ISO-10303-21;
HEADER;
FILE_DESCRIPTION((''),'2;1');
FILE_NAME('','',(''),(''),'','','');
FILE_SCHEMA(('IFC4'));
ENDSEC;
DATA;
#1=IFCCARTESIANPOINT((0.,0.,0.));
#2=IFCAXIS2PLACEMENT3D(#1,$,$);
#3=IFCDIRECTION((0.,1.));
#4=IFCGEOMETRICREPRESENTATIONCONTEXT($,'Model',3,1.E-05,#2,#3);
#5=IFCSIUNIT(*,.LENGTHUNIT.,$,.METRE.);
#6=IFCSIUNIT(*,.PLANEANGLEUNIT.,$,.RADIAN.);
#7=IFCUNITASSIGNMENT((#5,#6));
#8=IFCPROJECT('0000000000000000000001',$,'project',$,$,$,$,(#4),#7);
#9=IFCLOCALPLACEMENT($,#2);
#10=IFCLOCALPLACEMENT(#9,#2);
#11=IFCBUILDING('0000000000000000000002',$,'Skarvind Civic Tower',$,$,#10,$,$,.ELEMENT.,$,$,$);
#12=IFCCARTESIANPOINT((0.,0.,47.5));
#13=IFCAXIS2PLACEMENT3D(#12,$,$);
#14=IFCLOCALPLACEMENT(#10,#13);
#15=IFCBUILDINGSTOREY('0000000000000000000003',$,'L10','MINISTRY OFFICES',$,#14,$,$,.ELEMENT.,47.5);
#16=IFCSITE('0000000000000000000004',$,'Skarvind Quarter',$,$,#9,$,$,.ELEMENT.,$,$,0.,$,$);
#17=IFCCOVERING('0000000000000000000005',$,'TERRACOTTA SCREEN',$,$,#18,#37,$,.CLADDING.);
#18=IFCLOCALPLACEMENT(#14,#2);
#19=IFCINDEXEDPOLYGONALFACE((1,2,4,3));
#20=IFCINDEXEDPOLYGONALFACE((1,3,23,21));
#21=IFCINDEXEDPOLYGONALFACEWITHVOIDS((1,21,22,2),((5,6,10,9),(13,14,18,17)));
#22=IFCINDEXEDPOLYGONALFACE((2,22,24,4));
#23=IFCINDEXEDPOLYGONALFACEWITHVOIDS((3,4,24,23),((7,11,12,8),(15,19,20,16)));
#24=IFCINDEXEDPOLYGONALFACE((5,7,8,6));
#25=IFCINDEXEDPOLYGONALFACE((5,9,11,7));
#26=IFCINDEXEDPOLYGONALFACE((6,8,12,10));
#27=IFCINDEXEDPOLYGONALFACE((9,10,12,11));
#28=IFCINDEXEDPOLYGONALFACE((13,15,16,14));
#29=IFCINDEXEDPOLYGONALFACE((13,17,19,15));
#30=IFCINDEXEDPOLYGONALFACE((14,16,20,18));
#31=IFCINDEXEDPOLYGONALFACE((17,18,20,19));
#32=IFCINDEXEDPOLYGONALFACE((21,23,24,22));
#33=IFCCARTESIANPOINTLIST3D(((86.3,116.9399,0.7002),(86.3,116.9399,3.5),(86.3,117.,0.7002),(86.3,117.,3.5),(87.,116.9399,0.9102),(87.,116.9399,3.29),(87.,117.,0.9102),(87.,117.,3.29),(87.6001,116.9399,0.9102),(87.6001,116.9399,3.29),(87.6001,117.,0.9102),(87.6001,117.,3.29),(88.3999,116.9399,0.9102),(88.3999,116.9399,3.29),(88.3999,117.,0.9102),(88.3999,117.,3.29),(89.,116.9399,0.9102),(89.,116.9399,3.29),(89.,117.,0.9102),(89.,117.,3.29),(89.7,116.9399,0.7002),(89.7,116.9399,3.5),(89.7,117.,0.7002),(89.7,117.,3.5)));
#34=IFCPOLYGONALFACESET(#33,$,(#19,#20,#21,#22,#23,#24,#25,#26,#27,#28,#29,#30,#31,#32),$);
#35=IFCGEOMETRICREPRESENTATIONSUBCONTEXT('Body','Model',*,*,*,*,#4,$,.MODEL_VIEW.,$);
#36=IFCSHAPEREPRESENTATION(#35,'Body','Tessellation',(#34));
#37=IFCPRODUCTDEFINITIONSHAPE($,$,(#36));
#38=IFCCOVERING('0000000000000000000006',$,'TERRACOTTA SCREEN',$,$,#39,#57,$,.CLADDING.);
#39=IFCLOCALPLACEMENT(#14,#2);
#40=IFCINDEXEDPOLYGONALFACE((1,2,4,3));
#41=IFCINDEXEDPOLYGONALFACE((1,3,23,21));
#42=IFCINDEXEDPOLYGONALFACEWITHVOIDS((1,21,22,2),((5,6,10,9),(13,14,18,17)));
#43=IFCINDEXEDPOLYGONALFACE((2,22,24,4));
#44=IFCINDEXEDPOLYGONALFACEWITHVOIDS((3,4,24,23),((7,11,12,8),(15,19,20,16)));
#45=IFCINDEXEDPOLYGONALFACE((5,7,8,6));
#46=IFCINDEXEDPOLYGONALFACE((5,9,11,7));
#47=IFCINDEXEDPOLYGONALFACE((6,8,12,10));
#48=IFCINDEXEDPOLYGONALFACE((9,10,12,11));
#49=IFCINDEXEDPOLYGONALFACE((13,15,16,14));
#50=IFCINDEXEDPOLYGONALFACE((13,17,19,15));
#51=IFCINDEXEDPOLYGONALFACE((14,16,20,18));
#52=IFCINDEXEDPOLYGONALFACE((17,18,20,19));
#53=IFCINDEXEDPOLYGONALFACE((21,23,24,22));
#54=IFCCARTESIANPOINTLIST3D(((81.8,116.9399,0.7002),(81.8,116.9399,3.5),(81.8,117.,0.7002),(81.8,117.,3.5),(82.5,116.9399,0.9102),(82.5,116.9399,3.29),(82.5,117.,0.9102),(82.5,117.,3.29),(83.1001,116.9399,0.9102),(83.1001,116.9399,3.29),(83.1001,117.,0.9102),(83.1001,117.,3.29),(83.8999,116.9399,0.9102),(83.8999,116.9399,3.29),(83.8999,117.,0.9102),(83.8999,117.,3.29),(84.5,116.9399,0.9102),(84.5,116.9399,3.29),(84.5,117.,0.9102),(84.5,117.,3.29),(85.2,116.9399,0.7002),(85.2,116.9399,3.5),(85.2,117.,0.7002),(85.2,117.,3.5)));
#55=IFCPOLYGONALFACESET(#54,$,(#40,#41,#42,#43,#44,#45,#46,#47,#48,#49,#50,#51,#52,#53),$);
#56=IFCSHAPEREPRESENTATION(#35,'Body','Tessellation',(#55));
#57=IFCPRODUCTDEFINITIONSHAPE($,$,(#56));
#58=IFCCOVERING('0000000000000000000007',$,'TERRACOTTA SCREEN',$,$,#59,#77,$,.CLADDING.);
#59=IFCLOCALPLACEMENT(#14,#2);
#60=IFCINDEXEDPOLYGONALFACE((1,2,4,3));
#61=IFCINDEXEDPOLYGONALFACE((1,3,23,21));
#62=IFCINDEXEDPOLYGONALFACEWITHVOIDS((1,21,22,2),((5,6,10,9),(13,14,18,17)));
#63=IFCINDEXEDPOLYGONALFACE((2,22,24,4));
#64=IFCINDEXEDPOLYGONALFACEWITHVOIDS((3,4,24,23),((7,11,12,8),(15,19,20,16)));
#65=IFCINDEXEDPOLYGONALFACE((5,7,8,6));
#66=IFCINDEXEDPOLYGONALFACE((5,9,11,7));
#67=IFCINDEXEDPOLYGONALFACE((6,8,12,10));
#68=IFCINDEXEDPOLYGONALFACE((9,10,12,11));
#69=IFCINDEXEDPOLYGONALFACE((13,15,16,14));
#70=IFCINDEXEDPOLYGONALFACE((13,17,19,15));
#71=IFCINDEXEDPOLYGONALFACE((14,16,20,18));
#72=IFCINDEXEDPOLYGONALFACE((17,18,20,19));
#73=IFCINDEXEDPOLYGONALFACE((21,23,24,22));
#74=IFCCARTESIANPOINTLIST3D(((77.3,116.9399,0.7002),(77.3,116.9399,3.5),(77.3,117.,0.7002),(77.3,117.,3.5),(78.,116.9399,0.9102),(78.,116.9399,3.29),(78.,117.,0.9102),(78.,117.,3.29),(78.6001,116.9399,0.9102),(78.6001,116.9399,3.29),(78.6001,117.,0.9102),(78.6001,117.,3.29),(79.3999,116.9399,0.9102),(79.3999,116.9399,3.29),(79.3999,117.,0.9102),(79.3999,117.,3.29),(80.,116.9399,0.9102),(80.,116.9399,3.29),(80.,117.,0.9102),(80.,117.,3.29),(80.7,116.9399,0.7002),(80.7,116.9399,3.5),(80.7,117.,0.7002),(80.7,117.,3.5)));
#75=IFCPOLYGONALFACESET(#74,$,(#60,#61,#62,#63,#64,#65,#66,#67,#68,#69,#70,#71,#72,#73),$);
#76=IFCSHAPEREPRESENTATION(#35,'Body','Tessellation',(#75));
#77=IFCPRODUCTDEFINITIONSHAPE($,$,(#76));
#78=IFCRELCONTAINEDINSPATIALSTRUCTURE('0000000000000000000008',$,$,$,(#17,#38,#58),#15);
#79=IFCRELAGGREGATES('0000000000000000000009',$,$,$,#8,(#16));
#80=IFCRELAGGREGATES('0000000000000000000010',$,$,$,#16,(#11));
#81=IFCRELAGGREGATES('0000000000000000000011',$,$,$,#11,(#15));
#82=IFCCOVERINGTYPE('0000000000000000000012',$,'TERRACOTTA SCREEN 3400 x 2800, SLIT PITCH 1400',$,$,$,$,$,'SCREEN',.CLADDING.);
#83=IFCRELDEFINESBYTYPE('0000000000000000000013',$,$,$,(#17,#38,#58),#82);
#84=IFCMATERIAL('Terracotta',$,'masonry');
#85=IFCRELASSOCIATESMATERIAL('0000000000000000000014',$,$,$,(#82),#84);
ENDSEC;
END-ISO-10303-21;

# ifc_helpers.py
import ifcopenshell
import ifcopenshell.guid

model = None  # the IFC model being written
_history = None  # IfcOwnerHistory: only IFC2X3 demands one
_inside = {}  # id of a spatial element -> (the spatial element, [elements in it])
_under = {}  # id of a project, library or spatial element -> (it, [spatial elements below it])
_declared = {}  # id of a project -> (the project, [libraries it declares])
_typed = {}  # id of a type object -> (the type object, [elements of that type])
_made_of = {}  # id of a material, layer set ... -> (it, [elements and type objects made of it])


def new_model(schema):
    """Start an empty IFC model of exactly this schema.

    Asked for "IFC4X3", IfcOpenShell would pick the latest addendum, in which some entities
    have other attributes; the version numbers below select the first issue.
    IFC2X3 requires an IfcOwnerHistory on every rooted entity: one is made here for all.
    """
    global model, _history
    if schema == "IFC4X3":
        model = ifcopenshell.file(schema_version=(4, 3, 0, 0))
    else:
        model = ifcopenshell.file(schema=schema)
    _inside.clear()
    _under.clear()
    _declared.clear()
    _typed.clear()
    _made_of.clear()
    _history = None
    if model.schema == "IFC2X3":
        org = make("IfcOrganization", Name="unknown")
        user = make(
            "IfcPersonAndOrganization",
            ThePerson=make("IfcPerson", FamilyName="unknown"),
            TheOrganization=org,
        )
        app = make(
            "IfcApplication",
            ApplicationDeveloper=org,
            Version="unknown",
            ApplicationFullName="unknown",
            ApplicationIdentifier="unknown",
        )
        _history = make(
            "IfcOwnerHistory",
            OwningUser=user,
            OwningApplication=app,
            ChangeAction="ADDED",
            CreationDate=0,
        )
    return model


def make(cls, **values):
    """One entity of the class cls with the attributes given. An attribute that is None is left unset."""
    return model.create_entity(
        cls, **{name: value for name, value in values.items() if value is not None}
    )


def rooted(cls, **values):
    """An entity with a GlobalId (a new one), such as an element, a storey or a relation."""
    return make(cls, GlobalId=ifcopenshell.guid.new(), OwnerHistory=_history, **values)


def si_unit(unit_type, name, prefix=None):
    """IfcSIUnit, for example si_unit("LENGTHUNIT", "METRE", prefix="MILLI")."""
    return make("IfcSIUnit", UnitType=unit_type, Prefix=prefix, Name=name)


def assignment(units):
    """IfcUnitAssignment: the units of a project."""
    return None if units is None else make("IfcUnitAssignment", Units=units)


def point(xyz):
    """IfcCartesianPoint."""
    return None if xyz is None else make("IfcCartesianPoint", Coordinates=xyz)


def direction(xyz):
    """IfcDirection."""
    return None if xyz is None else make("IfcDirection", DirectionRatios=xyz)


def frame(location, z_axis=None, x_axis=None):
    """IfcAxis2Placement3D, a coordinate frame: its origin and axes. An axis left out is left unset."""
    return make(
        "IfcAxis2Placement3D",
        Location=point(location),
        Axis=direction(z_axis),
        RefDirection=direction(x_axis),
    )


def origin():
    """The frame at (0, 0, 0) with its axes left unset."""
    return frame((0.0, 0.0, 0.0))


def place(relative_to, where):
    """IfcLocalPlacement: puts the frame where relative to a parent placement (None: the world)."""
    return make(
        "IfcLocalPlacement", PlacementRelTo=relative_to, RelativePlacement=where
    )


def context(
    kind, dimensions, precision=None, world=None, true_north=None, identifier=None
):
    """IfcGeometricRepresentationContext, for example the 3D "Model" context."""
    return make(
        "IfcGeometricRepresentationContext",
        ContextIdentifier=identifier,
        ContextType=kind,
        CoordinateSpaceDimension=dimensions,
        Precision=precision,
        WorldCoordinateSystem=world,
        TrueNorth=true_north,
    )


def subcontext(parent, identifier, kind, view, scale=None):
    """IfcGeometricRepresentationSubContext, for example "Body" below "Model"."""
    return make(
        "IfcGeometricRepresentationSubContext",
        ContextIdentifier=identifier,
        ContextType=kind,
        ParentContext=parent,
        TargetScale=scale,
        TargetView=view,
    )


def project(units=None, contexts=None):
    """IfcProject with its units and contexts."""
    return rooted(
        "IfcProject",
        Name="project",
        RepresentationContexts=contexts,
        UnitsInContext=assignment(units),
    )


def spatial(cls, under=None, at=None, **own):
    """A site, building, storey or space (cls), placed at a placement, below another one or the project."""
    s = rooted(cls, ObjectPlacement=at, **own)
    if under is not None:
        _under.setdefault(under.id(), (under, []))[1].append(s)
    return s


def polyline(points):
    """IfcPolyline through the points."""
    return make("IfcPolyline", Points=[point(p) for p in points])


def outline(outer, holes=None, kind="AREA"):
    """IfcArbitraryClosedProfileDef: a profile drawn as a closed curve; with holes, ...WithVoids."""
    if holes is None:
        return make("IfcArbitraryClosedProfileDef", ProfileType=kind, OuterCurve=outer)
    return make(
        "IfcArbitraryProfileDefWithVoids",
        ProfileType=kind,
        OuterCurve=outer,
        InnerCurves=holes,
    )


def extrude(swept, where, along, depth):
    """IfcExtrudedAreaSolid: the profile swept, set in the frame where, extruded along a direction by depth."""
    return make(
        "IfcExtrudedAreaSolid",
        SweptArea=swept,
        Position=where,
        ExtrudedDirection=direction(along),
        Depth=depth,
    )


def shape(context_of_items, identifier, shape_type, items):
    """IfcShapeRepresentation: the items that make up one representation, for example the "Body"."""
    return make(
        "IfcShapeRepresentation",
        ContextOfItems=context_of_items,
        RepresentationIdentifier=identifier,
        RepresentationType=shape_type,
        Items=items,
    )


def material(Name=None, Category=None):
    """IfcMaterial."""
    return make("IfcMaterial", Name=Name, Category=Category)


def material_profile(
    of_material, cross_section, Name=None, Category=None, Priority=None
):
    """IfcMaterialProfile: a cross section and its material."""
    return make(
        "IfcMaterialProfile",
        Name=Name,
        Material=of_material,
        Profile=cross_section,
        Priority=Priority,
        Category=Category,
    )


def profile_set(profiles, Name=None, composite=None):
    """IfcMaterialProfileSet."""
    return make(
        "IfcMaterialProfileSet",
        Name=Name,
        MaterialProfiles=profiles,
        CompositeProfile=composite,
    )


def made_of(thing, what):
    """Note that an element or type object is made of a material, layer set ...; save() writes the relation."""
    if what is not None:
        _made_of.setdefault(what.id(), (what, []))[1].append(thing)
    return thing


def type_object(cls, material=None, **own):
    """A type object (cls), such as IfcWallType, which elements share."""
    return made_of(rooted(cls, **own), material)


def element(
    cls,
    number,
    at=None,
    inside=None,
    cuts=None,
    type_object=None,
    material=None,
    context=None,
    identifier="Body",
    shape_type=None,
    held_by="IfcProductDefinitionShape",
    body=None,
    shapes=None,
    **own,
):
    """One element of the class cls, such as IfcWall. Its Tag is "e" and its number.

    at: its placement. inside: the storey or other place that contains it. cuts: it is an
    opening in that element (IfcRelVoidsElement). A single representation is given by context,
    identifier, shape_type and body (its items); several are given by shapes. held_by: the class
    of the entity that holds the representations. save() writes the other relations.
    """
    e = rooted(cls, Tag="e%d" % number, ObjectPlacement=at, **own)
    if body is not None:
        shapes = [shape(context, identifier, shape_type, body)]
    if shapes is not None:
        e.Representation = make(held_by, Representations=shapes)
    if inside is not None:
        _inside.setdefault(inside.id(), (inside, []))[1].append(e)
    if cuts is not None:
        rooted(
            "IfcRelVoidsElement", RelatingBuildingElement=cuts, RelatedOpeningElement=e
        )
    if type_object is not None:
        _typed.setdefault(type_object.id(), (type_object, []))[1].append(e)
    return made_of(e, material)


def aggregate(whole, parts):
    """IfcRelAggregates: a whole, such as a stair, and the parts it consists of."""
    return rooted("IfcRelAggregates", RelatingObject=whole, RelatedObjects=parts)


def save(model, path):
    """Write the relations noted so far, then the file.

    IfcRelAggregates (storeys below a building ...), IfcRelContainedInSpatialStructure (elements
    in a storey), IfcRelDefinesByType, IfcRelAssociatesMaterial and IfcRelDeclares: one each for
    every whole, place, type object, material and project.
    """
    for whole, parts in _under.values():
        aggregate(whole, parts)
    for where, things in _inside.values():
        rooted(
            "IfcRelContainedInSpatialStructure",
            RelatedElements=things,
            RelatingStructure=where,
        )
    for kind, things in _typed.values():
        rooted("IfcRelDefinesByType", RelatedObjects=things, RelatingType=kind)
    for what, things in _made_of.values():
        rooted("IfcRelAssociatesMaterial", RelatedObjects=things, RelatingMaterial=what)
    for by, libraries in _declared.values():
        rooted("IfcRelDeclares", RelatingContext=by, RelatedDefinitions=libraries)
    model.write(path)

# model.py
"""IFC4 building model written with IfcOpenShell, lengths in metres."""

from ifc_helpers import new_model, si_unit, direction, frame, origin, place, context, subcontext, project, spatial, polyline, outline, extrude, material, material_profile, profile_set, type_object, element, save


model = new_model("IFC4")

# Units and contexts
model_context = context("Model", 3, precision=1e-05, world=origin(), true_north=direction((0.0, 1.0)))
body_context = subcontext(model_context, "Body", "Model", "MODEL_VIEW")
ifc_project = project(units=[si_unit("LENGTHUNIT", "METRE"), si_unit("PLANEANGLEUNIT", "RADIAN")], contexts=[model_context])

# Site, building, storey
site_placement = place(None, origin())
site = spatial("IfcSite", under=ifc_project, at=site_placement, Name="Skarvind Quarter", CompositionType="ELEMENT", RefElevation=0.0)
building_placement = place(site_placement, origin())
building = spatial("IfcBuilding", under=site, at=building_placement, Name="Skarvind Civic Tower", CompositionType="ELEMENT")
storey_placement = place(building_placement, frame((0.0, 0.0, 47.5)))
storey = spatial("IfcBuildingStorey", under=building, at=storey_placement, Name="L10", Description="MINISTRY OFFICES", CompositionType="ELEMENT", Elevation=47.5)

# Coverings
ifc_material_1 = material(Name="Terracotta", Category="masonry")
ifc_material_profile_1 = material_profile(ifc_material_1, outline(polyline([(-1.7, -1.3999), (1.7, -1.3999), (1.7, 1.3999), (-1.7, 1.3999), (-1.7, -1.3999)]), holes=[polyline([(-1.0, -1.1899), (-0.3999, -1.1899), (-0.3999, 1.1899), (-1.0, 1.1899), (-1.0, -1.1899)]), polyline([(0.3999, -1.1899), (1.0, -1.1899), (1.0, 1.1899), (0.3999, 1.1899), (0.3999, -1.1899)])]), Name="TERRACOTTA SCREEN 3400 x 2800, SLIT PITCH 1400")
ifc_profile_set_1 = profile_set([ifc_material_profile_1], Name="Terracotta")
covering_type = type_object("IfcCoveringType", Name="TERRACOTTA SCREEN 3400 x 2800, SLIT PITCH 1400", ElementType="SCREEN", PredefinedType="CLADDING", material=ifc_profile_set_1)
for number, where, z_axis, x_axis, name in (
    (1, (88.0, 117.0, 2.1001), (0.0, -1.0, 0.0), (1.0, 0.0, 0.0), "TERRACOTTA SCREEN"),
    (2, (83.5, 117.0, 2.1001), (0.0, -1.0, 0.0), (1.0, 0.0, 0.0), "TERRACOTTA SCREEN"),
    (3, (79.0, 117.0, 2.1001), (0.0, -1.0, 0.0), (1.0, 0.0, 0.0), "TERRACOTTA SCREEN"),
):
    element("IfcCovering", number, at=place(storey_placement, frame(where, z_axis=z_axis, x_axis=x_axis)), inside=storey, type_object=covering_type, Name=name, PredefinedType="CLADDING", context=body_context, shape_type="SweptSolid", body=[
        extrude(outline(polyline([(-1.7, -1.3999), (1.7, -1.3999), (1.7, 1.3999), (-1.7, 1.3999), (-1.7, -1.3999)]), holes=[polyline([(-1.0, -1.1899), (-0.3999, -1.1899), (-0.3999, 1.1899), (-1.0, 1.1899), (-1.0, -1.1899)]), polyline([(0.3999, -1.1899), (1.0, -1.1899), (1.0, 1.1899), (0.3999, 1.1899), (0.3999, -1.1899)])]), origin(), (0.0, 0.0, 1.0), 0.0601),
    ])

save(model, "model.ifc")
